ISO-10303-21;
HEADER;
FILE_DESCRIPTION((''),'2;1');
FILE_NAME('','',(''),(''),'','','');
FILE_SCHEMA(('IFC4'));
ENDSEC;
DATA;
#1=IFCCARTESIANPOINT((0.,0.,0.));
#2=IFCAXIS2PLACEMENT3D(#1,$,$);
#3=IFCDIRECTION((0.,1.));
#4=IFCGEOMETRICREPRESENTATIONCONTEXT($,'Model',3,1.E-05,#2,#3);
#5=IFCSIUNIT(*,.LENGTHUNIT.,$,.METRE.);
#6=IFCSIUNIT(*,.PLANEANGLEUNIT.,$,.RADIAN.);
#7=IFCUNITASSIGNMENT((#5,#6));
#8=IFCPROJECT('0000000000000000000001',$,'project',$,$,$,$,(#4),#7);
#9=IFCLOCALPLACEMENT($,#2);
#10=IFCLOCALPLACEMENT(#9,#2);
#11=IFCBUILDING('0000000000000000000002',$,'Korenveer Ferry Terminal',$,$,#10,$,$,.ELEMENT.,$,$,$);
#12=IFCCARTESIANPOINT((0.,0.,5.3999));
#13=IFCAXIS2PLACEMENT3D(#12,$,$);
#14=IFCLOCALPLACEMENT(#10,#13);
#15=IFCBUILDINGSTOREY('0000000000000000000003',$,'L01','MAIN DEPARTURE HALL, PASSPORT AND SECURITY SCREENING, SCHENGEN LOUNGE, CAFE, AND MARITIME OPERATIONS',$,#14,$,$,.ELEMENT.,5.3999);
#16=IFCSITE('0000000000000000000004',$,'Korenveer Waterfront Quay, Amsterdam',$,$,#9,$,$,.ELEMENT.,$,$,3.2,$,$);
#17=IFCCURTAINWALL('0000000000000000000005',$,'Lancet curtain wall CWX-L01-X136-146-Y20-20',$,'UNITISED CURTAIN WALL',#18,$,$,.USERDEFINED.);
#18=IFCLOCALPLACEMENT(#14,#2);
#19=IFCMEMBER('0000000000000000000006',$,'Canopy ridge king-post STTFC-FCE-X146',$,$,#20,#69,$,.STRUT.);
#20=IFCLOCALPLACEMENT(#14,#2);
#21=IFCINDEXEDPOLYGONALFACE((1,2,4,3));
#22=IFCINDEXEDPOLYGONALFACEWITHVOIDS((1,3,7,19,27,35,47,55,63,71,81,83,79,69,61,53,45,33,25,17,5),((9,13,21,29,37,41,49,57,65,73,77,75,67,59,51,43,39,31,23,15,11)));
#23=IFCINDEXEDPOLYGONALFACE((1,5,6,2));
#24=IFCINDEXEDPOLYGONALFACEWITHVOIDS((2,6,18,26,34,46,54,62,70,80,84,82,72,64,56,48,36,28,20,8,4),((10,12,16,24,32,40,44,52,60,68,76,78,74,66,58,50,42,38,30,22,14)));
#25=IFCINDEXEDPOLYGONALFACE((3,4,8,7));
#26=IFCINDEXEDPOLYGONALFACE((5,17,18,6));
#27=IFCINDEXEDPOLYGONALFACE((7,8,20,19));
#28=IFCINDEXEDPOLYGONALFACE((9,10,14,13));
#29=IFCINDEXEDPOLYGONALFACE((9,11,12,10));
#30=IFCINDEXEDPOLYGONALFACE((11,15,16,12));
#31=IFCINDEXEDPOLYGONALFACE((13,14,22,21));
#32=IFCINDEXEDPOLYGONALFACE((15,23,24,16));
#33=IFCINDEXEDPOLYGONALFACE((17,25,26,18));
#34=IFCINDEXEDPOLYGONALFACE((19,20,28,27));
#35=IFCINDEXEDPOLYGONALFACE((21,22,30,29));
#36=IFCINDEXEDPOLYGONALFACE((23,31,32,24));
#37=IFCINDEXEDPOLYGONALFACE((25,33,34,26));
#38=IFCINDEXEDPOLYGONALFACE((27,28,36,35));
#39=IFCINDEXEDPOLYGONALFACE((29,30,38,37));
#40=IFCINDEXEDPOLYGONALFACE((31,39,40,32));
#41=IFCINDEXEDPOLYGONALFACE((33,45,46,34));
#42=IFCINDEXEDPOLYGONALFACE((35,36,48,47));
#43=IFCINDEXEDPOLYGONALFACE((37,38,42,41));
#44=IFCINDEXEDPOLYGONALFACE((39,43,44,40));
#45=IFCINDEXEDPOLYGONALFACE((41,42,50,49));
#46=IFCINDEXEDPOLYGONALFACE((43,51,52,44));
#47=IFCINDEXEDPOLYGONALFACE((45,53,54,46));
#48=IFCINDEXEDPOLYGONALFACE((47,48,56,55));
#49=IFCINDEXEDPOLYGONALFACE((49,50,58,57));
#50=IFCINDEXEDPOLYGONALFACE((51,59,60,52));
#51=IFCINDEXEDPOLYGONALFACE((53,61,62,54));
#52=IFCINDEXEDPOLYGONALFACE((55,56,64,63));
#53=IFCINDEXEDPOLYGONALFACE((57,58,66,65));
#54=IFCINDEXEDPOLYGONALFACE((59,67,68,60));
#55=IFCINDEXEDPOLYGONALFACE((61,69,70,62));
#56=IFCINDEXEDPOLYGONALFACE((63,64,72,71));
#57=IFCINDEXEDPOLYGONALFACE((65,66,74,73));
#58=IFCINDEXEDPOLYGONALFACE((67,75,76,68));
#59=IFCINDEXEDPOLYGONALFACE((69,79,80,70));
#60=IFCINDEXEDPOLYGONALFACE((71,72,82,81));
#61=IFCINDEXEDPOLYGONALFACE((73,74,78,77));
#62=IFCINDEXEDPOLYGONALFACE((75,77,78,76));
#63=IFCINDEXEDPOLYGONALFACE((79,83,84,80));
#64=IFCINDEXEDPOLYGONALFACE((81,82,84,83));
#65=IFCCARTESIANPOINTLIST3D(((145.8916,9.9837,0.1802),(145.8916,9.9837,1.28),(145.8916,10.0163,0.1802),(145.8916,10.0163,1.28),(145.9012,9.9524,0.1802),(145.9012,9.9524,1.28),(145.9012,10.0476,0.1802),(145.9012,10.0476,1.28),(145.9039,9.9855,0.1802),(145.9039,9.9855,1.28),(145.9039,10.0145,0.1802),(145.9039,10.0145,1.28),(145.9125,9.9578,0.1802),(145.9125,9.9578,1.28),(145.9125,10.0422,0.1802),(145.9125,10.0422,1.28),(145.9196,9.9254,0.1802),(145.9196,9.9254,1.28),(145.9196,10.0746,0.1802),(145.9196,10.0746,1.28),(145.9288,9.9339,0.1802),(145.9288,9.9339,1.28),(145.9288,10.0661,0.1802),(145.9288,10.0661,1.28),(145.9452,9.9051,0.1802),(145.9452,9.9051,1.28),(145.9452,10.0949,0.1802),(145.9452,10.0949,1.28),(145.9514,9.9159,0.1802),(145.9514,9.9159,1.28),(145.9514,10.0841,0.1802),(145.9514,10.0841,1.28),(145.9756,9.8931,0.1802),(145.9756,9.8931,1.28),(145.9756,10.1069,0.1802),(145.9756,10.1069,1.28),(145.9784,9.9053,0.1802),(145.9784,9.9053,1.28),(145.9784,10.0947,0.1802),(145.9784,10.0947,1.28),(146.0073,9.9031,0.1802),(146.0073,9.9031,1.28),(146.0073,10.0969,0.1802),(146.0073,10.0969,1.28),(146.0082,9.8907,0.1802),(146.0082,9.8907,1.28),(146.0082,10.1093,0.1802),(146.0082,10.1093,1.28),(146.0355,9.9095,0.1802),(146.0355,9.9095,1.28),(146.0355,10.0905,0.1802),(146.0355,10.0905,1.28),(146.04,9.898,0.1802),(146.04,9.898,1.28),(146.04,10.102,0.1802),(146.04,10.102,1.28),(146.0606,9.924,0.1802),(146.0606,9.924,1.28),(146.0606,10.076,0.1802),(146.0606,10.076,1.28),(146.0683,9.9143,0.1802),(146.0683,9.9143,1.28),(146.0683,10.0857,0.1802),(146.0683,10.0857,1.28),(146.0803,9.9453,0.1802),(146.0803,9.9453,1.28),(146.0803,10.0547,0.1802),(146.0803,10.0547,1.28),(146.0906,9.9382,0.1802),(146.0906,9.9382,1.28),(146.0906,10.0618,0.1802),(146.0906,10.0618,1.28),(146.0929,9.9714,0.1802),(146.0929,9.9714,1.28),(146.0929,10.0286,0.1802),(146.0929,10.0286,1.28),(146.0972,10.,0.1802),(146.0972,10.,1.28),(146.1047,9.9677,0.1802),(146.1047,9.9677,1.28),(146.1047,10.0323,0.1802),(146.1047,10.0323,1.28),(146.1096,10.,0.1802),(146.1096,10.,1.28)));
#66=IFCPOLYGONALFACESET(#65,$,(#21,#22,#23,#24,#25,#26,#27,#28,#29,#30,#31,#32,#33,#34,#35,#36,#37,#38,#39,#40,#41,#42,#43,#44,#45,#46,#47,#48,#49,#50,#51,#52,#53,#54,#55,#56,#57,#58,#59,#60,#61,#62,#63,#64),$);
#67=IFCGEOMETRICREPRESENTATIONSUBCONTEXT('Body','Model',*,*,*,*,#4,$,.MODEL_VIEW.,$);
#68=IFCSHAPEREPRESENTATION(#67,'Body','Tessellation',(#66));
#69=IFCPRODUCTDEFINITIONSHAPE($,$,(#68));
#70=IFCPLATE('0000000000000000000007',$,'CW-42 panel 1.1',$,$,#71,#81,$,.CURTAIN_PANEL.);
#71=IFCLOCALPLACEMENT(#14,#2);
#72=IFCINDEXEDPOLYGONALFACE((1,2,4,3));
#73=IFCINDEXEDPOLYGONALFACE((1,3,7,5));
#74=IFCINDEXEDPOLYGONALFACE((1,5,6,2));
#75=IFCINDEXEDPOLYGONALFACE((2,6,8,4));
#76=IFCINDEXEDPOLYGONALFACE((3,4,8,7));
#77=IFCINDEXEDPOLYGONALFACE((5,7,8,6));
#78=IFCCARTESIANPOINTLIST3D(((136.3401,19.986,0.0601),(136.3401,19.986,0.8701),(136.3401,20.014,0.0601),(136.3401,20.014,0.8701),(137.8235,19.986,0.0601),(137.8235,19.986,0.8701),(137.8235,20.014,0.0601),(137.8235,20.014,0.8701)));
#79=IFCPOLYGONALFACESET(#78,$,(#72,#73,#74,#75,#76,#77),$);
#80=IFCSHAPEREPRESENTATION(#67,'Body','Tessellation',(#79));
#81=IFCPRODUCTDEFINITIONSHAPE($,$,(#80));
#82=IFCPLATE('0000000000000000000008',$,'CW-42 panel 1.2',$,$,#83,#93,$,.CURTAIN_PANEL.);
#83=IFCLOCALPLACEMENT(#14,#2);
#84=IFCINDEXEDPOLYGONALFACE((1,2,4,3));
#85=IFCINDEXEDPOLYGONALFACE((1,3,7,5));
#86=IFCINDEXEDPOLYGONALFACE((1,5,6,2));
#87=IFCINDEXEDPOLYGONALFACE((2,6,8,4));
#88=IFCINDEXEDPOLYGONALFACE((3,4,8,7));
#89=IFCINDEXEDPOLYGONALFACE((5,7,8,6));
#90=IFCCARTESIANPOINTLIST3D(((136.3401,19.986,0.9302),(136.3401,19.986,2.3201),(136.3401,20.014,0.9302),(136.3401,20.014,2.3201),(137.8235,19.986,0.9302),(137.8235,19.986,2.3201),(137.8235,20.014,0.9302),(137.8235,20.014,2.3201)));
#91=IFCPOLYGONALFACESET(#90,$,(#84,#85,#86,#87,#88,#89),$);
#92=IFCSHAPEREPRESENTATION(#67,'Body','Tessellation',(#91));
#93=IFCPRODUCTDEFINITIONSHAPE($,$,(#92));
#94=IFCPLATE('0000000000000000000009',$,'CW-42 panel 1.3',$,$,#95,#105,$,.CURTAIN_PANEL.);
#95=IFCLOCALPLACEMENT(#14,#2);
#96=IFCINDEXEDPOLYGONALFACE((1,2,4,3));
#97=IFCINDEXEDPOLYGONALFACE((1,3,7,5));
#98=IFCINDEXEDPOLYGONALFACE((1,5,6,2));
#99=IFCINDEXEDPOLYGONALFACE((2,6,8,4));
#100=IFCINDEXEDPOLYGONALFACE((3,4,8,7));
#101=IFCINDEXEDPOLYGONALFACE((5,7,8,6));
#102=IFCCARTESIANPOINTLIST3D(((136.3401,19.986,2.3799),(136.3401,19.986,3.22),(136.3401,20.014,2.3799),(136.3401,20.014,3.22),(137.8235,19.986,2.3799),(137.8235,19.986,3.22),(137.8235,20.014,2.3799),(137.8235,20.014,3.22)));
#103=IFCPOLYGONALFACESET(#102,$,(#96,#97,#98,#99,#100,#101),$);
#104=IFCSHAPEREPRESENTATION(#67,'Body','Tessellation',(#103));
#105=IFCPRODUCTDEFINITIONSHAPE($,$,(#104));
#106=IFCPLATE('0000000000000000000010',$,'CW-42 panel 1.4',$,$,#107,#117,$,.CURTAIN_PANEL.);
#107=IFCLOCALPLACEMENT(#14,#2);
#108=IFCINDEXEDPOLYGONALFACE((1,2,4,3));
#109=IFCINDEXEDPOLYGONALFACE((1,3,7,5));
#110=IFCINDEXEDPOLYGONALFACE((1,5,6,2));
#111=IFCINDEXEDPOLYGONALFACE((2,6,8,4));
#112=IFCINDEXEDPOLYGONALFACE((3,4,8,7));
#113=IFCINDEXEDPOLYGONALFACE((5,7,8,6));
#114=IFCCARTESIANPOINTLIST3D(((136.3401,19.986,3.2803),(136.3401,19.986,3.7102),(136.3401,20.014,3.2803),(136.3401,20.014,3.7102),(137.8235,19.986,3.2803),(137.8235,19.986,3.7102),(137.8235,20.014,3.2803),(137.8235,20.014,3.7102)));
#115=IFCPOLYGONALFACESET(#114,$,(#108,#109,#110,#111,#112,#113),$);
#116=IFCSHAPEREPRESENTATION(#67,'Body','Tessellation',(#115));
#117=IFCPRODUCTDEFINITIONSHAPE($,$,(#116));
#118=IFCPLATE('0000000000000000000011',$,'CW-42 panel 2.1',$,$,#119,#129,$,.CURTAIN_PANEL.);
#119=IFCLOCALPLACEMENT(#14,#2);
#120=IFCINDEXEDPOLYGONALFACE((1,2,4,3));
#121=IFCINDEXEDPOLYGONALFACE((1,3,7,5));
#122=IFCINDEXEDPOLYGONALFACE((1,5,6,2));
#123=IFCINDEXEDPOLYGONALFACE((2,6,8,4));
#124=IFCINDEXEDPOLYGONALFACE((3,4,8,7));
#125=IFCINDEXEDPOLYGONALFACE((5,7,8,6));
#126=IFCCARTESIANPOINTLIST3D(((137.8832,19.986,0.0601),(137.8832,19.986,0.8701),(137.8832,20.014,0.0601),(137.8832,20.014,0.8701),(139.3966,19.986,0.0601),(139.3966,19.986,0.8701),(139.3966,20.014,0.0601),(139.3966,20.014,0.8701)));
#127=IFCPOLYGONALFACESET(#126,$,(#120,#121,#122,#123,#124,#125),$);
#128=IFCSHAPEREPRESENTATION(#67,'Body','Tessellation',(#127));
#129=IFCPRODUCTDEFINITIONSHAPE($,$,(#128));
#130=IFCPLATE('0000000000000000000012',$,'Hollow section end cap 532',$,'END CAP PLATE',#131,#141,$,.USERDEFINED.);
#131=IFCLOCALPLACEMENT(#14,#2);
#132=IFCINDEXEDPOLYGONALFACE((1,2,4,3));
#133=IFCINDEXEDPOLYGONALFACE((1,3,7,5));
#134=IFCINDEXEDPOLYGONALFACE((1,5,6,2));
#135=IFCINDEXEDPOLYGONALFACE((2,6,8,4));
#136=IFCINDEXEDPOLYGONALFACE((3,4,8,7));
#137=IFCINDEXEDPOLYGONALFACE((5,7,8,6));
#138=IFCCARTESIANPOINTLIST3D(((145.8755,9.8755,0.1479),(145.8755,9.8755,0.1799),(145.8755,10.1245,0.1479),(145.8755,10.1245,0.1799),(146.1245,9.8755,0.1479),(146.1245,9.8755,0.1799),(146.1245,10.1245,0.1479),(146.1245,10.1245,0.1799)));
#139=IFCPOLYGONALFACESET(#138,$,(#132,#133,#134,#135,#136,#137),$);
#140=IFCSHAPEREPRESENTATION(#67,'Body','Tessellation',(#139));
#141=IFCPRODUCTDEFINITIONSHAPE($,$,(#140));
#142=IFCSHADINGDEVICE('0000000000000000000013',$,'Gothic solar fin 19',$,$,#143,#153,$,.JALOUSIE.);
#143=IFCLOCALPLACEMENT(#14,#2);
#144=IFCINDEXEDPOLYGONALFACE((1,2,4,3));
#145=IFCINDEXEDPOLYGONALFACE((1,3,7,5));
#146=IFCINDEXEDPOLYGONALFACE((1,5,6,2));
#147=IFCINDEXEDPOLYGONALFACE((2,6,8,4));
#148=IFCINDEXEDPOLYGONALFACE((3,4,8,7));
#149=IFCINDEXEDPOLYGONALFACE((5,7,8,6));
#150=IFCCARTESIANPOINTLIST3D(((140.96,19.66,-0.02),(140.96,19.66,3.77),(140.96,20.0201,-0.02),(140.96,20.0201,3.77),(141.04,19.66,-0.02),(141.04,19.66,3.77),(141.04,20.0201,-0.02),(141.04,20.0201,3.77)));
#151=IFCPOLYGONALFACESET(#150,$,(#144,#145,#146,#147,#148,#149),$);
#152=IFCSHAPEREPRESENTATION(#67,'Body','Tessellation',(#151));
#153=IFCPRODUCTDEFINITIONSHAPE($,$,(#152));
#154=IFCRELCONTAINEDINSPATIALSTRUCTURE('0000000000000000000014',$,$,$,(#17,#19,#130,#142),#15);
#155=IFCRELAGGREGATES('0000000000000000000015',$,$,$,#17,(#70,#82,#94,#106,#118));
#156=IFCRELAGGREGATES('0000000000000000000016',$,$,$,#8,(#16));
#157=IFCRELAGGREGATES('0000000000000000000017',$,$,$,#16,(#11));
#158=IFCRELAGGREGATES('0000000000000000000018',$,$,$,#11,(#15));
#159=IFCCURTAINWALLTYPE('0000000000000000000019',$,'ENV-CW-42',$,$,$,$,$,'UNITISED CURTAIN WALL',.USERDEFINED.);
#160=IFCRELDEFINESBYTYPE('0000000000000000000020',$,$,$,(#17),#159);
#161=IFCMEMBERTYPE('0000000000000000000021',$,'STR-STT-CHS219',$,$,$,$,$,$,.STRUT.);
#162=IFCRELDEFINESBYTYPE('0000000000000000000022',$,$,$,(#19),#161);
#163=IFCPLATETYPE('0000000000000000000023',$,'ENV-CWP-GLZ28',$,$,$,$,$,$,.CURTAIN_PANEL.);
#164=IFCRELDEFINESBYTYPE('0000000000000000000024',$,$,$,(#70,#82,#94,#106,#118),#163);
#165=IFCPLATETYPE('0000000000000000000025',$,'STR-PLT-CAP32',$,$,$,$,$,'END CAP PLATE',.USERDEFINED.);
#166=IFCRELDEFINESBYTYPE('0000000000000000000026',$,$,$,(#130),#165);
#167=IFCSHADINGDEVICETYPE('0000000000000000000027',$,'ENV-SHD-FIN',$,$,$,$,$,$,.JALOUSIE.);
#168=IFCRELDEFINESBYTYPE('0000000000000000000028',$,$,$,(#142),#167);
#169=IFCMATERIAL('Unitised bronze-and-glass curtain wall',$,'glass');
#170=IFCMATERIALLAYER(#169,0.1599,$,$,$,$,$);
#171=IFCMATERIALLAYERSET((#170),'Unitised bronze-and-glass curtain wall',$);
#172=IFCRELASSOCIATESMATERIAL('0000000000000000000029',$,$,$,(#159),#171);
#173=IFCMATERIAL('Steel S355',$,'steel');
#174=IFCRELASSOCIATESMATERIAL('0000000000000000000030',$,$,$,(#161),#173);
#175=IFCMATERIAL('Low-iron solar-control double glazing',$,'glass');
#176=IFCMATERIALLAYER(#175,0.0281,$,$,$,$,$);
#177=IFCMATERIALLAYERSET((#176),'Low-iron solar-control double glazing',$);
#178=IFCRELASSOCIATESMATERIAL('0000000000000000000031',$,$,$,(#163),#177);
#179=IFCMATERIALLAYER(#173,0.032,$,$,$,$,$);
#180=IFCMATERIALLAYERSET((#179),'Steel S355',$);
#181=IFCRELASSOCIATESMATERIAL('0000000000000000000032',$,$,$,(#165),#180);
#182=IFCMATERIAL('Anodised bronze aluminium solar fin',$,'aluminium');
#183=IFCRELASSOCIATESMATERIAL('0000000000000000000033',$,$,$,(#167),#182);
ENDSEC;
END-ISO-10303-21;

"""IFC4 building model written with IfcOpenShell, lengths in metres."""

from ifc_helpers import new_model, si_unit, direction, frame, origin, origin_2d, place, context, subcontext, project, spatial, rectangle, hollow_circle, extrude, material, layer, layer_set, material_profile, profile_set, type_object, element, aggregate, save


model = new_model("IFC4")

# Units and contexts
model_context = context("Model", 3, precision=1e-05, world=origin(), true_north=direction((0.0, 1.0)))
body_context = subcontext(model_context, "Body", "Model", "MODEL_VIEW")
ifc_project = project(units=[si_unit("LENGTHUNIT", "METRE"), si_unit("PLANEANGLEUNIT", "RADIAN")], contexts=[model_context])

# Site, building, storey
site_placement = place(None, origin())
site = spatial("IfcSite", under=ifc_project, at=site_placement, Name="Korenveer Waterfront Quay, Amsterdam", CompositionType="ELEMENT", RefElevation=3.2)
building_placement = place(site_placement, origin())
building = spatial("IfcBuilding", under=site, at=building_placement, Name="Korenveer Ferry Terminal", CompositionType="ELEMENT")
storey_placement = place(building_placement, frame((0.0, 0.0, 5.3999)))
storey = spatial("IfcBuildingStorey", under=building, at=storey_placement, Name="L01", Description="MAIN DEPARTURE HALL, PASSPORT AND SECURITY SCREENING, SCHENGEN LOUNGE, CAFE, AND MARITIME OPERATIONS", CompositionType="ELEMENT", Elevation=5.3999)

# Curtain wall
ifc_material_1 = material(Name="Unitised bronze-and-glass curtain wall", Category="glass")
ifc_layer_1 = layer(ifc_material_1, 0.1599)
ifc_layer_set_1 = layer_set([ifc_layer_1], Name="Unitised bronze-and-glass curtain wall")
curtain_wall_type = type_object("IfcCurtainWallType", Name="ENV-CW-42", ElementType="UNITISED CURTAIN WALL", PredefinedType="USERDEFINED", material=ifc_layer_set_1)
curtain_wall_placement = place(storey_placement, frame((136.28, 20.0, 0.0)))
curtain_wall = element("IfcCurtainWall", 1, at=curtain_wall_placement, inside=storey, type_object=curtain_wall_type, Name="Lancet curtain wall CWX-L01-X136-146-Y20-20", ObjectType="UNITISED CURTAIN WALL", PredefinedType="USERDEFINED")

# Member
ifc_material_2 = material(Name="Steel S355", Category="steel")
ifc_material_profile_1 = material_profile(ifc_material_2, hollow_circle(Radius=0.1096, WallThickness=0.0125, at=origin_2d()), Name="CHS 219.1x12.5")
ifc_profile_set_1 = profile_set([ifc_material_profile_1], Name="Steel S355")
member_type_1 = type_object("IfcMemberType", Name="STR-STT-CHS219", PredefinedType="STRUT", material=ifc_profile_set_1)
member_1_placement = place(storey_placement, frame((146.0, 10.0, 0.1802), z_axis=(0.0, 0.0, 1.0), x_axis=(1.0, 0.0, 0.0)))
element("IfcMember", 2, at=member_1_placement, inside=storey, type_object=member_type_1, Name="Canopy ridge king-post STTFC-FCE-X146", PredefinedType="STRUT", context=body_context, shape_type="SweptSolid", body=[
    extrude(hollow_circle(Radius=0.1096, WallThickness=0.0125, at=origin_2d()), origin(), (0.0, 0.0, 1.0), 1.0999),
])

# Plates
ifc_material_3 = material(Name="Low-iron solar-control double glazing", Category="glass")
ifc_layer_2 = layer(ifc_material_3, 0.0281)
ifc_layer_set_2 = layer_set([ifc_layer_2], Name="Low-iron solar-control double glazing")
plate_type_1 = type_object("IfcPlateType", Name="ENV-CWP-GLZ28", PredefinedType="CURTAIN_PANEL", material=ifc_layer_set_2)
plate_1_placement = place(storey_placement, frame((137.0818, 20.0, 0.0601), z_axis=(0.0, 0.0, 1.0), x_axis=(1.0, 0.0, 0.0)))
plate_1 = element("IfcPlate", 3, at=plate_1_placement, type_object=plate_type_1, Name="CW-42 panel 1.1", PredefinedType="CURTAIN_PANEL", context=body_context, shape_type="SweptSolid", body=[
    extrude(rectangle(XDim=1.4834, YDim=0.0281, at=origin_2d()), origin(), (0.0, 0.0, 1.0), 0.8101),
])
plate_2_placement = place(storey_placement, frame((137.0818, 20.0, 0.9302), z_axis=(0.0, 0.0, 1.0), x_axis=(1.0, 0.0, 0.0)))
plate_2 = element("IfcPlate", 4, at=plate_2_placement, type_object=plate_type_1, Name="CW-42 panel 1.2", PredefinedType="CURTAIN_PANEL", context=body_context, shape_type="SweptSolid", body=[
    extrude(rectangle(XDim=1.4834, YDim=0.0281, at=origin_2d()), origin(), (0.0, 0.0, 1.0), 1.3899),
])
plate_3_placement = place(storey_placement, frame((137.0818, 20.0, 2.3799), z_axis=(0.0, 0.0, 1.0), x_axis=(1.0, 0.0, 0.0)))
plate_3 = element("IfcPlate", 5, at=plate_3_placement, type_object=plate_type_1, Name="CW-42 panel 1.3", PredefinedType="CURTAIN_PANEL", context=body_context, shape_type="SweptSolid", body=[
    extrude(rectangle(XDim=1.4834, YDim=0.0281, at=origin_2d()), origin(), (0.0, 0.0, 1.0), 0.8401),
])
plate_4_placement = place(storey_placement, frame((137.0818, 20.0, 3.2803), z_axis=(0.0, 0.0, 1.0), x_axis=(1.0, 0.0, 0.0)))
plate_4 = element("IfcPlate", 6, at=plate_4_placement, type_object=plate_type_1, Name="CW-42 panel 1.4", PredefinedType="CURTAIN_PANEL", context=body_context, shape_type="SweptSolid", body=[
    extrude(rectangle(XDim=1.4834, YDim=0.0281, at=origin_2d()), origin(), (0.0, 0.0, 1.0), 0.4299),
])
plate_5_placement = place(storey_placement, frame((138.6399, 20.0, 0.0601), z_axis=(0.0, 0.0, 1.0), x_axis=(1.0, 0.0, 0.0)))
plate_5 = element("IfcPlate", 7, at=plate_5_placement, type_object=plate_type_1, Name="CW-42 panel 2.1", PredefinedType="CURTAIN_PANEL", context=body_context, shape_type="SweptSolid", body=[
    extrude(rectangle(XDim=1.5134, YDim=0.0281, at=origin_2d()), origin(), (0.0, 0.0, 1.0), 0.8101),
])
aggregate(curtain_wall, [plate_1, plate_2, plate_3, plate_4, plate_5])
ifc_layer_3 = layer(ifc_material_2, 0.032)
ifc_layer_set_3 = layer_set([ifc_layer_3], Name="Steel S355")
plate_type_2 = type_object("IfcPlateType", Name="STR-PLT-CAP32", ElementType="END CAP PLATE", PredefinedType="USERDEFINED", material=ifc_layer_set_3)
plate_6_placement = place(storey_placement, frame((146.0, 10.0, 0.1479), z_axis=(0.0, 0.0, 1.0), x_axis=(1.0, 0.0, 0.0)))
element("IfcPlate", 8, at=plate_6_placement, inside=storey, type_object=plate_type_2, Name="Hollow section end cap 532", ObjectType="END CAP PLATE", PredefinedType="USERDEFINED", context=body_context, shape_type="SweptSolid", body=[
    extrude(rectangle(XDim=0.249, YDim=0.249, at=origin_2d()), origin(), (0.0, 0.0, 1.0), 0.032),
])

# Shading device
ifc_material_4 = material(Name="Anodised bronze aluminium solar fin", Category="aluminium")
shading_device_type = type_object("IfcShadingDeviceType", Name="ENV-SHD-FIN", PredefinedType="JALOUSIE", material=ifc_material_4)
shading_device_placement = place(storey_placement, frame((141.0, 19.8401, -0.02), z_axis=(0.0, 0.0, 1.0), x_axis=(0.0, 1.0, 0.0)))
element("IfcShadingDevice", 9, at=shading_device_placement, inside=storey, type_object=shading_device_type, Name="Gothic solar fin 19", PredefinedType="JALOUSIE", context=body_context, shape_type="SweptSolid", body=[
    extrude(rectangle(XDim=0.3601, YDim=0.0801, at=origin_2d()), origin(), (0.0, 0.0, 1.0), 3.79),
])

save(model, "model.ifc")
